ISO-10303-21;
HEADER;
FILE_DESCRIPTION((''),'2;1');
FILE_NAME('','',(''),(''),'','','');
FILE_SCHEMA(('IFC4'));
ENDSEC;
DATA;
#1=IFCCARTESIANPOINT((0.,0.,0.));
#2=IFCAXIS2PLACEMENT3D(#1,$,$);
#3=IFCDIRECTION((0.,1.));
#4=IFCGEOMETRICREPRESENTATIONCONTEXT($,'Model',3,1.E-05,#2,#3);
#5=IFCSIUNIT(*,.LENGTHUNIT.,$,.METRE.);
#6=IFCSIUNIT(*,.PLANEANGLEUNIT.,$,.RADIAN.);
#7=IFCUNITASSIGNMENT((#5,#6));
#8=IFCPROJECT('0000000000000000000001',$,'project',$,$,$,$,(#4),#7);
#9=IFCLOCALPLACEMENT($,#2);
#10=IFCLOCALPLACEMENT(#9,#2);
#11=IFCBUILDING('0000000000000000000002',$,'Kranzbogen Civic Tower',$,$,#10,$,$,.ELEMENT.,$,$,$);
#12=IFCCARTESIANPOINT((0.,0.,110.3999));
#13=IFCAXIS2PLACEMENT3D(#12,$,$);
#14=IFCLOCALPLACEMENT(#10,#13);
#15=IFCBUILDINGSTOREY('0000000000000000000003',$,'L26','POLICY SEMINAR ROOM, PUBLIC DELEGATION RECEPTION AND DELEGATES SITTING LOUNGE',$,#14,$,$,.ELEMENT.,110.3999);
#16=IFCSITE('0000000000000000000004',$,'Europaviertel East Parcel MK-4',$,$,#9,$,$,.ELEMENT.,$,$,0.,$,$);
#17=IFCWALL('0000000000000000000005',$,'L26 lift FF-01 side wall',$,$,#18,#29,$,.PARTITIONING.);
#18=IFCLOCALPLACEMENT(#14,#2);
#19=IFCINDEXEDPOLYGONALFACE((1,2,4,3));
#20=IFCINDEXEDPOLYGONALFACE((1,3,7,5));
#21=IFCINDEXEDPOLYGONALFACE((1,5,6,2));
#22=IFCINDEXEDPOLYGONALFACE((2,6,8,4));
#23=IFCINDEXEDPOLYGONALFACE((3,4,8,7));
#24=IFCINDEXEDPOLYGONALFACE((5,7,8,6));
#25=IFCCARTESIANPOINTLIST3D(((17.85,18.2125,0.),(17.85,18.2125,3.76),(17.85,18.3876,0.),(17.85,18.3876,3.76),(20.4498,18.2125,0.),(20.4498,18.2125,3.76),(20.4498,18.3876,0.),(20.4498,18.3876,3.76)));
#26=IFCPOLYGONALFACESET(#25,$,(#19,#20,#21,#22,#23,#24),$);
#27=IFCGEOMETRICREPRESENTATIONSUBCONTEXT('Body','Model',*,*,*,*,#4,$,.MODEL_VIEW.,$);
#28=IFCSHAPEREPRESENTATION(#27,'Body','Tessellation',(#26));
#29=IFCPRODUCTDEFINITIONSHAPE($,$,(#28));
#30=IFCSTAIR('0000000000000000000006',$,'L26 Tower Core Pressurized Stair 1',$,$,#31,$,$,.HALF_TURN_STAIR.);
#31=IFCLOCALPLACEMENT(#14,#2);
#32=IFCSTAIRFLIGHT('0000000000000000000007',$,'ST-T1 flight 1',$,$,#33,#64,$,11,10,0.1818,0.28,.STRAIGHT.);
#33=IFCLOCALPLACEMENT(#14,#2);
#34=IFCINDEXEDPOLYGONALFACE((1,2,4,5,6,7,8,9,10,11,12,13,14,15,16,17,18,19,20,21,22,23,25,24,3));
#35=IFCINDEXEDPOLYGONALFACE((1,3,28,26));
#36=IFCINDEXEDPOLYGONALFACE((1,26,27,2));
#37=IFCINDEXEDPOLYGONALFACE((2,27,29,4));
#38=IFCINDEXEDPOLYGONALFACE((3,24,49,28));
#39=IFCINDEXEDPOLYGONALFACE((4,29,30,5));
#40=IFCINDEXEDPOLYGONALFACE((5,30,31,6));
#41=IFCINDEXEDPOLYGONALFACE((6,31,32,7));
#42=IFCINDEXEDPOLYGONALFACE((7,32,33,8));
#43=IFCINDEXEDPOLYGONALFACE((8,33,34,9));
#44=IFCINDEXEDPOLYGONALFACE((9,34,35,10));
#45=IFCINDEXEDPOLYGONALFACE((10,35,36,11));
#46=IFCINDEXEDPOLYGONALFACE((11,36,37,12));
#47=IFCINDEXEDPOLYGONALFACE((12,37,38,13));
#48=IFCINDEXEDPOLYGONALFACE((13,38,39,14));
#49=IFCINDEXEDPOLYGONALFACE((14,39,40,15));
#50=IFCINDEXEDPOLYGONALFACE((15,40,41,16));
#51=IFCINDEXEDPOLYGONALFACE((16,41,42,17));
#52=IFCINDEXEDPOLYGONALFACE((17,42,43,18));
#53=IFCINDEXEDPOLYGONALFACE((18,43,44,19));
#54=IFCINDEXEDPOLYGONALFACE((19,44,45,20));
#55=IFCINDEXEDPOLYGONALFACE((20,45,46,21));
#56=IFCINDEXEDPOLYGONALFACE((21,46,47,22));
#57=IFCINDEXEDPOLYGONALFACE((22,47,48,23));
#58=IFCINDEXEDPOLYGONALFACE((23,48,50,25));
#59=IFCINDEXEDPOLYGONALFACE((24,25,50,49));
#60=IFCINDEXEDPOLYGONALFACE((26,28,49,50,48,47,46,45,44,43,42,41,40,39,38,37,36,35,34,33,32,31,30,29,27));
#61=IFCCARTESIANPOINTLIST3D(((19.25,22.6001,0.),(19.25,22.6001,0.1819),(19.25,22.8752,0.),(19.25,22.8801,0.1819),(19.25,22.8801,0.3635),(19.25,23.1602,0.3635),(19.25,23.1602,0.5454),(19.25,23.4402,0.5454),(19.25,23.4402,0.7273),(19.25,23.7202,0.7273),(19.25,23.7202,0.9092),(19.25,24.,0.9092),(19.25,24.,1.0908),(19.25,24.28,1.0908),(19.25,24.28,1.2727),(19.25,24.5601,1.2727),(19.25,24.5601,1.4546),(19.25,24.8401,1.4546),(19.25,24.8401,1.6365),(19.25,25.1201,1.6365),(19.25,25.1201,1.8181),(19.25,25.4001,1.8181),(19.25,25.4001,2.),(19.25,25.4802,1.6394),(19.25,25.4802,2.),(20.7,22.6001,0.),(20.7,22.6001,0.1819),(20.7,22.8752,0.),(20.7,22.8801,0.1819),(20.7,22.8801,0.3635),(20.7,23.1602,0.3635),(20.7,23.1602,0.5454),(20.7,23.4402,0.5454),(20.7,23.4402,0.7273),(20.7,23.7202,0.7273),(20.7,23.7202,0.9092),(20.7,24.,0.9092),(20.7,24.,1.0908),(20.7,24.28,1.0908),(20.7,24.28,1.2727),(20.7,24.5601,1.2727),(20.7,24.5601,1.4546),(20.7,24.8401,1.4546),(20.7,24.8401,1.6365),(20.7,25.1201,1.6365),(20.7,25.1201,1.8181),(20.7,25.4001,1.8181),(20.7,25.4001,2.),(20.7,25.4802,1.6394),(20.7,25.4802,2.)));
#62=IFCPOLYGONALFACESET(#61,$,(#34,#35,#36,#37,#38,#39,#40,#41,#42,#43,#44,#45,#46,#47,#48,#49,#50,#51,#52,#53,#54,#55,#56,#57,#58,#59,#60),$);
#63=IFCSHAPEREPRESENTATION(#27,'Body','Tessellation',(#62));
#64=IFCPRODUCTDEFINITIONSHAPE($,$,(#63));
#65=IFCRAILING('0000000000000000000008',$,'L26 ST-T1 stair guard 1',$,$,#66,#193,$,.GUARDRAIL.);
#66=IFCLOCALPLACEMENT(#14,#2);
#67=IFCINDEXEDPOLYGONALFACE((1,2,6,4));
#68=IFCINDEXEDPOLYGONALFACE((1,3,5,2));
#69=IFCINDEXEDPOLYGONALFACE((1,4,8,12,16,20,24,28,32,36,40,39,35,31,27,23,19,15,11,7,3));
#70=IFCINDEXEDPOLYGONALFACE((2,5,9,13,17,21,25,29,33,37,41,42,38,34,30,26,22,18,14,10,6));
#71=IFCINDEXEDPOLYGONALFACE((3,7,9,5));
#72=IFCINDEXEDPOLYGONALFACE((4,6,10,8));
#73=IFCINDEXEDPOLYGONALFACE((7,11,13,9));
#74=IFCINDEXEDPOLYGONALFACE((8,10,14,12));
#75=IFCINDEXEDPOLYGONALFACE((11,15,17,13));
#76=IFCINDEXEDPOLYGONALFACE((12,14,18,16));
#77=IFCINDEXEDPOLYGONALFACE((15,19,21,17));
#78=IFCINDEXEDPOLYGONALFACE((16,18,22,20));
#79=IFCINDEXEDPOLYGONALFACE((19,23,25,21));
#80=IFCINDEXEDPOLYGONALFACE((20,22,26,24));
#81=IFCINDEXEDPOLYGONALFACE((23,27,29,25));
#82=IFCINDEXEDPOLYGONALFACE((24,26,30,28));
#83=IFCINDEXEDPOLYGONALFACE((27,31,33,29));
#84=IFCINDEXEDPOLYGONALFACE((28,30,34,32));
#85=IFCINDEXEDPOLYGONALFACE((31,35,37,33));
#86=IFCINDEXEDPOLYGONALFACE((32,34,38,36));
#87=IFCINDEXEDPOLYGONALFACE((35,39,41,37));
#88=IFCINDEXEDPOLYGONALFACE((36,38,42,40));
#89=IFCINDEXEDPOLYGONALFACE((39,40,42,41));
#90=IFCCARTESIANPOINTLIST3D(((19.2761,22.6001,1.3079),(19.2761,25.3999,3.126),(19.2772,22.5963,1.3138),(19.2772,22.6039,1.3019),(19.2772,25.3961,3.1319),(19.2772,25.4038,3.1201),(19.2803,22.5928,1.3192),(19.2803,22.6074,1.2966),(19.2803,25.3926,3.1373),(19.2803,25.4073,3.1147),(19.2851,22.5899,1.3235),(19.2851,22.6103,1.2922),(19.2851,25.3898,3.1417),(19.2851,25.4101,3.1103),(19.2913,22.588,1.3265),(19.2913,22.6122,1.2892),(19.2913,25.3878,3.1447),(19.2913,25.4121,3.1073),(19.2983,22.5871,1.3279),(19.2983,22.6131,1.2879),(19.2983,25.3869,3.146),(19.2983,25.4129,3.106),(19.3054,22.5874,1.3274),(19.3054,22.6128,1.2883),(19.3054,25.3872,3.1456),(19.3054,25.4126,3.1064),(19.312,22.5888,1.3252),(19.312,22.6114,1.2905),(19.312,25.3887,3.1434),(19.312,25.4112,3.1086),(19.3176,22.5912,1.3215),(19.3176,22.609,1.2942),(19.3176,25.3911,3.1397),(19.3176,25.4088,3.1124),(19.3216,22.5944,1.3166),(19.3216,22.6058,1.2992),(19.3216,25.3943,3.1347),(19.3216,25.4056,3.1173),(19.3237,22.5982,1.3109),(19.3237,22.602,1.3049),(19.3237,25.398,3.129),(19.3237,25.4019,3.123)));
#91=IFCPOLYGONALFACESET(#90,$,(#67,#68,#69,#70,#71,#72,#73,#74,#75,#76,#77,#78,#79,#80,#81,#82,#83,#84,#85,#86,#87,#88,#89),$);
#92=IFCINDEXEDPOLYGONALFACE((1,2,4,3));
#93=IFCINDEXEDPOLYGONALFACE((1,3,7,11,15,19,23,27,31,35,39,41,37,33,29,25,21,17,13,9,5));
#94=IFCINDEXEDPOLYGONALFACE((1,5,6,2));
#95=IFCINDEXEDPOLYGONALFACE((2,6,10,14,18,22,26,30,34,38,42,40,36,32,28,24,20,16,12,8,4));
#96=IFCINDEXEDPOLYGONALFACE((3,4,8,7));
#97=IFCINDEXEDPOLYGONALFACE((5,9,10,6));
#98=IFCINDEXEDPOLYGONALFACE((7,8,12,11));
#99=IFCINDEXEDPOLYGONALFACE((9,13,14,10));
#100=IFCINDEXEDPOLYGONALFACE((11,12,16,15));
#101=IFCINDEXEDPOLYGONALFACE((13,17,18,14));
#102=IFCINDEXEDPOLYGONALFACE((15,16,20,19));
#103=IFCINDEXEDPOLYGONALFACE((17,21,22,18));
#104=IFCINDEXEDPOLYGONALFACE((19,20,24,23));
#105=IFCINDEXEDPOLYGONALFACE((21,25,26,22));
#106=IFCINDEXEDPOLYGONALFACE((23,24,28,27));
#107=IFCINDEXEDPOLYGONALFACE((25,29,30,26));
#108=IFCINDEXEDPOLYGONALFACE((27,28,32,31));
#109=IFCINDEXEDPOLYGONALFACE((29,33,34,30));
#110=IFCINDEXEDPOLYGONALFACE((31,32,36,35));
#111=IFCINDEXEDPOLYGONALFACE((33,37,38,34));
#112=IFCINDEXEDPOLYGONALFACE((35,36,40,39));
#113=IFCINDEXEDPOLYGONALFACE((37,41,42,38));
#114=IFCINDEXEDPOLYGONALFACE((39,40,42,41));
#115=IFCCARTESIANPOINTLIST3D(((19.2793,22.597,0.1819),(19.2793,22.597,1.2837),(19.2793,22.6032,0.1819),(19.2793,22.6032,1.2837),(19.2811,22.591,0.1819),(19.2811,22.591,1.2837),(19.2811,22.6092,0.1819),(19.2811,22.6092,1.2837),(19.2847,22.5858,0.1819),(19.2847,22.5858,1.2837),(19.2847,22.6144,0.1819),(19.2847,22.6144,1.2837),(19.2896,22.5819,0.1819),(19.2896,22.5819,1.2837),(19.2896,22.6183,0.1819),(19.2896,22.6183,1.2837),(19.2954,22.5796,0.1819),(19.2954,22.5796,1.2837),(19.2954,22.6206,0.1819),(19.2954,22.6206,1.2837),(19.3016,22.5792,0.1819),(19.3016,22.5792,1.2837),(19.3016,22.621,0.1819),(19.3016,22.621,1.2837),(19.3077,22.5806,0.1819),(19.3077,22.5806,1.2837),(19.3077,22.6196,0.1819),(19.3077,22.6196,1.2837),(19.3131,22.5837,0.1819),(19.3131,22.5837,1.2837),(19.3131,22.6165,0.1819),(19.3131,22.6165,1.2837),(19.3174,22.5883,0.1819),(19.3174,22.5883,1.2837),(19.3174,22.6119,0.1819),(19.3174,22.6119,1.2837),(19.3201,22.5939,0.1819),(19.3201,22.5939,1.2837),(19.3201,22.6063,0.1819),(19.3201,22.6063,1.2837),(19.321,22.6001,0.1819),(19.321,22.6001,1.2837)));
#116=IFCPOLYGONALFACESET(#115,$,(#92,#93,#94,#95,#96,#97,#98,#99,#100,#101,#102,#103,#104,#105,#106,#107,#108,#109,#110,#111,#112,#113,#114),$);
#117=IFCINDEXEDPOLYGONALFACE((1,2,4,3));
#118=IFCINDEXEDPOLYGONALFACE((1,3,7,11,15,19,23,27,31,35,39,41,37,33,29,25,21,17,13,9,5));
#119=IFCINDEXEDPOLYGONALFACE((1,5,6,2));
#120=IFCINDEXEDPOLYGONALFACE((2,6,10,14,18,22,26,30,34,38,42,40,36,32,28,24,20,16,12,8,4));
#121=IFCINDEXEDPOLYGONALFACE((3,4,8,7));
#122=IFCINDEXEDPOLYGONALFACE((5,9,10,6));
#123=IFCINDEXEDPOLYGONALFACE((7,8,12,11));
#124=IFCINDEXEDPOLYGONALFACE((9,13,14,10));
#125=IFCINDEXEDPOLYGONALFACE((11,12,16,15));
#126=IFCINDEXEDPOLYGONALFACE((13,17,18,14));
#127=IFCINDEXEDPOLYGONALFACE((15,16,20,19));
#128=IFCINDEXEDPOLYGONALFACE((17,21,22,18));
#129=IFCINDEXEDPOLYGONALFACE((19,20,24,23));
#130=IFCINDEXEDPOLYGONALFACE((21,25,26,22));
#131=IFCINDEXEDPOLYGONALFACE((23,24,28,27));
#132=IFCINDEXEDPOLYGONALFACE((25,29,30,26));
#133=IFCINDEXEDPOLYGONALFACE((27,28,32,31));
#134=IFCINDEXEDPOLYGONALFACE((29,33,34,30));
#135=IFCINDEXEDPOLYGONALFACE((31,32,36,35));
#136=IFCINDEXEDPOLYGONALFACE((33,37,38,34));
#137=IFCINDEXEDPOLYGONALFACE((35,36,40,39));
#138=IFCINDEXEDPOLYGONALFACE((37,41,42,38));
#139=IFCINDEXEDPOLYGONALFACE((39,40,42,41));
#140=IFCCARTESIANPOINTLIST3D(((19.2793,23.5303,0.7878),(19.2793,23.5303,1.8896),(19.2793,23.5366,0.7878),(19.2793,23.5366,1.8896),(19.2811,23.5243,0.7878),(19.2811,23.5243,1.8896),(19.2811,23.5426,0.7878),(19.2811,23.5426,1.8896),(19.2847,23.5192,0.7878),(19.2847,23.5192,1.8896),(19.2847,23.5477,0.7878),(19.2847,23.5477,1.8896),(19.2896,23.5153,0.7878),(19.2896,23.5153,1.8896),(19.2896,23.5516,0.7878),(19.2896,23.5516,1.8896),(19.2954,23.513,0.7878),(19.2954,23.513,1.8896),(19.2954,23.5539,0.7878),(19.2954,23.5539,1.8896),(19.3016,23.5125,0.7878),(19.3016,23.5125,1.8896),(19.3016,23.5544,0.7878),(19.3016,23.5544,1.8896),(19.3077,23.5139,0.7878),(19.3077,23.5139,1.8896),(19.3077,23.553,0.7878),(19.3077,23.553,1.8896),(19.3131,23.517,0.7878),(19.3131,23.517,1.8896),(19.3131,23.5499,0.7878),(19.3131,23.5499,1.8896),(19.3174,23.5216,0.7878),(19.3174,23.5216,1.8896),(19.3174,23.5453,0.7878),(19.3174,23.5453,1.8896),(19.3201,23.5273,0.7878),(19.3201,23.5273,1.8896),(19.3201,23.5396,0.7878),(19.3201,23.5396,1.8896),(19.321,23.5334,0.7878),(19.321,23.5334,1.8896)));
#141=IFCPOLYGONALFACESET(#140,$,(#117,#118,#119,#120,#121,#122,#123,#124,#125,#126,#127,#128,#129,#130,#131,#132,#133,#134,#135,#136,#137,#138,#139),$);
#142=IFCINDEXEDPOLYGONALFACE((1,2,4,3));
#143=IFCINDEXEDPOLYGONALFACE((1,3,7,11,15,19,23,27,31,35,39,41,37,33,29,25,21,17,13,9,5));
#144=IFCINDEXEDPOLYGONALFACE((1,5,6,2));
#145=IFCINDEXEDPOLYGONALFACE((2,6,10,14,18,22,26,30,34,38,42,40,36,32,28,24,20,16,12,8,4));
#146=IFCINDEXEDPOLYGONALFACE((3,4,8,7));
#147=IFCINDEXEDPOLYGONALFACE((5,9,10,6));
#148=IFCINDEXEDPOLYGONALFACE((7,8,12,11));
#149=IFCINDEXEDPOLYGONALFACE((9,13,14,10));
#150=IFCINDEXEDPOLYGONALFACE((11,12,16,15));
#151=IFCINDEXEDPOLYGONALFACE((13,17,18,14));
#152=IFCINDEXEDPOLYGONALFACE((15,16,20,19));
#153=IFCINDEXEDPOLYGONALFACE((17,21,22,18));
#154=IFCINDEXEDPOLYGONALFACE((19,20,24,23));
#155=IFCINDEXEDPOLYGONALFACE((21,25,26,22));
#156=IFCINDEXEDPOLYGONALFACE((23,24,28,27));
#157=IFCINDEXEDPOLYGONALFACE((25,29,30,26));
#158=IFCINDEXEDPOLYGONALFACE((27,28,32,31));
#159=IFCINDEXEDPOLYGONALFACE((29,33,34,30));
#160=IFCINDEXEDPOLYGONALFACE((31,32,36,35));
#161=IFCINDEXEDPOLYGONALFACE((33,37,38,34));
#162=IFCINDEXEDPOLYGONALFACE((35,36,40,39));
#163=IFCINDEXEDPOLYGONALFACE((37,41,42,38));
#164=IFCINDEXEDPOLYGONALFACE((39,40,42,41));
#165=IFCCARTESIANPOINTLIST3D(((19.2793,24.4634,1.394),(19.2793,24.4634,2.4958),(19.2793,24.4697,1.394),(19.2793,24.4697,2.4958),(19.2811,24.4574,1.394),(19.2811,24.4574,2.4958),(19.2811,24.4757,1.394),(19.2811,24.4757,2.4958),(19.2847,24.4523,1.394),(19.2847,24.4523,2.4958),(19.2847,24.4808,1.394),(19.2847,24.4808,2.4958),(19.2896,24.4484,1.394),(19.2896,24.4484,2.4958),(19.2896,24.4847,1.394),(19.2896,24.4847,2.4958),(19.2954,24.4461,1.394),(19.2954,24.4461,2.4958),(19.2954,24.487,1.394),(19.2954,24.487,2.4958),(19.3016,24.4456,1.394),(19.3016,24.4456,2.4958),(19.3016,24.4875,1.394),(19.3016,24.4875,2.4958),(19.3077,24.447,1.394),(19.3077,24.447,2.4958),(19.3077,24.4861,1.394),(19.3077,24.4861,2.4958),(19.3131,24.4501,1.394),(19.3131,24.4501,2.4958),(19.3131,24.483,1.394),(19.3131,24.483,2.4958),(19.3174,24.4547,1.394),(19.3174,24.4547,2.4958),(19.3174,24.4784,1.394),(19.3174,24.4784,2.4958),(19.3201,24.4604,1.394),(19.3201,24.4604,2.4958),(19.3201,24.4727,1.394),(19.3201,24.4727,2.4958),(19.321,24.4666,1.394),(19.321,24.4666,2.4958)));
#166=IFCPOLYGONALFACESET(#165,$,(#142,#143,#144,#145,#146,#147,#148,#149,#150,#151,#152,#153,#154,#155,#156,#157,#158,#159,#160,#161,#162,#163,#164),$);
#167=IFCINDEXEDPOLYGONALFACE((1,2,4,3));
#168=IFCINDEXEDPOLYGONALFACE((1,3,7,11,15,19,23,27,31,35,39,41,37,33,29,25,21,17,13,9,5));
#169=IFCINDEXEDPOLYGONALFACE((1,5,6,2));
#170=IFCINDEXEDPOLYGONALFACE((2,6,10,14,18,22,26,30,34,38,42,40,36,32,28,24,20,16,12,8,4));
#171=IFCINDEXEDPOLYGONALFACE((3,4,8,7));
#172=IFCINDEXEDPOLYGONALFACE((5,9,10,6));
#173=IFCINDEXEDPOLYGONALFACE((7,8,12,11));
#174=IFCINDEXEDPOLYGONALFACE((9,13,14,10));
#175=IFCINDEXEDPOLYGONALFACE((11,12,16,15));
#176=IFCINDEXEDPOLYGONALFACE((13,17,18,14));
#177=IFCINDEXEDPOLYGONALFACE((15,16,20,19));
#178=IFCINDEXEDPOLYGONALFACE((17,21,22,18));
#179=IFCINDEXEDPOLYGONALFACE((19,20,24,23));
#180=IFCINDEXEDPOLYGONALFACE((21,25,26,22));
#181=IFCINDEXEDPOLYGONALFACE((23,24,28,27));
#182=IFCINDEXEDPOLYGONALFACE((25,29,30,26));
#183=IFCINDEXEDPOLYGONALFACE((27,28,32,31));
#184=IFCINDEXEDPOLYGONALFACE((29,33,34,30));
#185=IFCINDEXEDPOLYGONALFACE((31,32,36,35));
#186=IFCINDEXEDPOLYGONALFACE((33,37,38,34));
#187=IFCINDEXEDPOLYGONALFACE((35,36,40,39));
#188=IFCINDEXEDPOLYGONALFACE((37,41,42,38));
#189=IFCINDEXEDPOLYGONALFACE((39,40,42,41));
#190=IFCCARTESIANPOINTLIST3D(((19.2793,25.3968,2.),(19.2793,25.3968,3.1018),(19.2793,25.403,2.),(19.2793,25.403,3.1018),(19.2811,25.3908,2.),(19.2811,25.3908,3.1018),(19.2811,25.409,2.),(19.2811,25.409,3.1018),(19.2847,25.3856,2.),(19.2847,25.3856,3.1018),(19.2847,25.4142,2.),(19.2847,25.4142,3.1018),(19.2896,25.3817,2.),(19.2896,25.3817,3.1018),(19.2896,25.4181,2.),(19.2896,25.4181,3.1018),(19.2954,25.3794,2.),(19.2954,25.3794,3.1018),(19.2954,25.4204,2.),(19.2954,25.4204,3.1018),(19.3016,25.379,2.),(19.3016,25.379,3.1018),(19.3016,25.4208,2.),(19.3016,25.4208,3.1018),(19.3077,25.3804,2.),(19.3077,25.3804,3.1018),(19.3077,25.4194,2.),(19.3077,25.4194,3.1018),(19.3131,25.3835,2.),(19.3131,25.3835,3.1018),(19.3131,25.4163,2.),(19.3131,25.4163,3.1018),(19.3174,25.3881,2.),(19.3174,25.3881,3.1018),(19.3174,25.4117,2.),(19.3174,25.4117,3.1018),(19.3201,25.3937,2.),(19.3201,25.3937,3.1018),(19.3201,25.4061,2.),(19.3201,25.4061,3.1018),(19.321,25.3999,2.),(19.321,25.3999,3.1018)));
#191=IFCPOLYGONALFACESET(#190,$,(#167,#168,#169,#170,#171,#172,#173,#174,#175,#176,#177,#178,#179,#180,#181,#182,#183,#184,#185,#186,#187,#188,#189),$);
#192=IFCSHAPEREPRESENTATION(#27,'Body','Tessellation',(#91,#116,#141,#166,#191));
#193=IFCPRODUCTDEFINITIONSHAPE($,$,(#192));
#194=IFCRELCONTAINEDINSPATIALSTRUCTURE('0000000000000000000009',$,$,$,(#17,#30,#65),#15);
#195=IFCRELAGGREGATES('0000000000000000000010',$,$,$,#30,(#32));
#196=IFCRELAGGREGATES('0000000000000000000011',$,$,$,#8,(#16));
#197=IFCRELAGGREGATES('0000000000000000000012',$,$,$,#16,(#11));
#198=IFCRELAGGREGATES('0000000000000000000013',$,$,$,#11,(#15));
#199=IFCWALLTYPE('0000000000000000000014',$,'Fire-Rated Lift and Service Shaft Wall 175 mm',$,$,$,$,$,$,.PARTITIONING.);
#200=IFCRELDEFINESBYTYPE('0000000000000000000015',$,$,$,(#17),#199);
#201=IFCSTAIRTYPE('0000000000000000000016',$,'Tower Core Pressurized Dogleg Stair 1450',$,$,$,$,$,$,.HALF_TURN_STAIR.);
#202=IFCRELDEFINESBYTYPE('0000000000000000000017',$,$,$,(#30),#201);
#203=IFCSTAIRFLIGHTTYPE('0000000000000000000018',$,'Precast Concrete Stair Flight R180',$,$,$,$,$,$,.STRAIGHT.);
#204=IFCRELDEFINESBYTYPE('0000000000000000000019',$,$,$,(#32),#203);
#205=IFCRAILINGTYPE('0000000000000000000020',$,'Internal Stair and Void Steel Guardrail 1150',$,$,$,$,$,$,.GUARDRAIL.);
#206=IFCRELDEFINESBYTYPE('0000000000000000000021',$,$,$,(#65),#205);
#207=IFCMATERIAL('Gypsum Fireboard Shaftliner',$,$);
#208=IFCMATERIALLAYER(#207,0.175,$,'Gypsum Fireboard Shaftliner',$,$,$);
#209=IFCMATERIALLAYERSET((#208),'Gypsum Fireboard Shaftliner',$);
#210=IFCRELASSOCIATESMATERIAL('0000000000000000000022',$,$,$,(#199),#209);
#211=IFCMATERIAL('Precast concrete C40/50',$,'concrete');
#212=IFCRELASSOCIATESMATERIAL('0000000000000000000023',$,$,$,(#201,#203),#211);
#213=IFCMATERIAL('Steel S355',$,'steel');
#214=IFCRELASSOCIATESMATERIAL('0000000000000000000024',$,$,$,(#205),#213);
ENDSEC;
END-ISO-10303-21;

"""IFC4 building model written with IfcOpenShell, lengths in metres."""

from ifc_helpers import new_model, si_unit, direction, frame, frame_2d, origin, origin_2d, place, context, subcontext, project, spatial, polyline, rectangle, circle, outline, extrude, material, layer, layer_set, type_object, element, aggregate, save


model = new_model("IFC4")

# Units and contexts
model_context = context("Model", 3, precision=1e-05, world=origin(), true_north=direction((0.0, 1.0)))
body_context = subcontext(model_context, "Body", "Model", "MODEL_VIEW")
ifc_project = project(units=[si_unit("LENGTHUNIT", "METRE"), si_unit("PLANEANGLEUNIT", "RADIAN")], contexts=[model_context])

# Site, building, storey
site_placement = place(None, origin())
site = spatial("IfcSite", under=ifc_project, at=site_placement, Name="Europaviertel East Parcel MK-4", CompositionType="ELEMENT", RefElevation=0.0)
building_placement = place(site_placement, origin())
building = spatial("IfcBuilding", under=site, at=building_placement, Name="Kranzbogen Civic Tower", CompositionType="ELEMENT")
storey_placement = place(building_placement, frame((0.0, 0.0, 110.3999)))
storey = spatial("IfcBuildingStorey", under=building, at=storey_placement, Name="L26", Description="POLICY SEMINAR ROOM, PUBLIC DELEGATION RECEPTION AND DELEGATES SITTING LOUNGE", CompositionType="ELEMENT", Elevation=110.3999)

# Shared definitions
ifc_material_1 = material(Name="Steel S355", Category="steel")

# Shared definitions
ifc_material_2 = material(Name="Gypsum Fireboard Shaftliner")
ifc_layer_1 = layer(ifc_material_2, 0.175, Name="Gypsum Fireboard Shaftliner")
ifc_layer_set_1 = layer_set([ifc_layer_1], Name="Gypsum Fireboard Shaftliner")
wall_type_1 = type_object("IfcWallType", Name="Fire-Rated Lift and Service Shaft Wall 175 mm", PredefinedType="PARTITIONING", material=ifc_layer_set_1)

# Wall
wall_1_placement = place(storey_placement, frame((17.8501, 18.3, 0.0), z_axis=(0.0, 0.0, 1.0), x_axis=(1.0, 0.0, 0.0)))
element("IfcWall", 1, at=wall_1_placement, inside=storey, type_object=wall_type_1, Name="L26 lift FF-01 side wall", PredefinedType="PARTITIONING", context=body_context, shape_type="SweptSolid", body=[
    extrude(rectangle(XDim=2.5999, YDim=0.175, at=frame_2d((1.2998, 0.0))), origin(), (0.0, 0.0, 1.0), 3.76),
])

# Stair, stair flight
ifc_material_3 = material(Name="Precast concrete C40/50", Category="concrete")
stair_type = type_object("IfcStairType", Name="Tower Core Pressurized Dogleg Stair 1450", PredefinedType="HALF_TURN_STAIR", material=ifc_material_3)
stair_placement = place(storey_placement, origin())
stair = element("IfcStair", 2, at=stair_placement, inside=storey, type_object=stair_type, Name="L26 Tower Core Pressurized Stair 1", PredefinedType="HALF_TURN_STAIR")
stair_flight_type = type_object("IfcStairFlightType", Name="Precast Concrete Stair Flight R180", PredefinedType="STRAIGHT", material=ifc_material_3)
stair_flight_placement = place(storey_placement, frame((19.9751, 22.6001, 0.0), z_axis=(0.0, 0.0, 1.0), x_axis=(0.0, 1.0, 0.0)))
stair_flight = element("IfcStairFlight", 3, at=stair_flight_placement, type_object=stair_flight_type, Name="ST-T1 flight 1", NumberOfRisers=11, NumberOfTreads=10, PredefinedType="STRAIGHT", RiserHeight=0.1818, TreadLength=0.28, context=body_context, shape_type="SweptSolid", body=[
    extrude(outline(polyline([(0.0, 0.0), (0.0, 0.1819), (0.28, 0.1819), (0.28, 0.3635), (0.5601, 0.3635), (0.5601, 0.5454), (0.8401, 0.5454), (0.8401, 0.7273), (1.1201, 0.7273), (1.1201, 0.9092), (1.3999, 0.9092), (1.3999, 1.0908), (1.6799, 1.0908), (1.6799, 1.2727), (1.96, 1.2727), (1.96, 1.4546), (2.24, 1.4546), (2.24, 1.6365), (2.52, 1.6365), (2.52, 1.8181), (2.8, 1.8181), (2.8, 2.0), (2.8801, 2.0), (2.8801, 1.6394), (0.2751, 0.0), (0.0, 0.0)])), frame((0.0, 0.7251, 0.0), z_axis=(0.0, -1.0, 0.0), x_axis=(1.0, 0.0, 0.0)), (0.0, 0.0, 1.0), 1.45),
])
aggregate(stair, [stair_flight])

# Railing
railing_type_1 = type_object("IfcRailingType", Name="Internal Stair and Void Steel Guardrail 1150", PredefinedType="GUARDRAIL", material=ifc_material_1)
railing_1_placement = place(storey_placement, frame((19.3, 22.6001, 0.1819)))
element("IfcRailing", 4, at=railing_1_placement, inside=storey, type_object=railing_type_1, Name="L26 ST-T1 stair guard 1", PredefinedType="GUARDRAIL", context=body_context, shape_type="SweptSolid", body=[
    extrude(circle(Radius=0.0239, at=origin_2d()), frame((0.0, 0.0, 1.126), z_axis=(0.0, 0.838684, 0.544618), x_axis=(-1.0, 0.0, 0.0)), (0.0, 0.0, 1.0), 3.3384),
    extrude(circle(Radius=0.021, at=origin_2d()), origin(), (0.0, 0.0, 1.0), 1.1018),
    extrude(circle(Radius=0.021, at=origin_2d()), frame((0.0, 0.9333, 0.606)), (0.0, 0.0, 1.0), 1.1018),
    extrude(circle(Radius=0.021, at=origin_2d()), frame((0.0, 1.8665, 1.2122)), (0.0, 0.0, 1.0), 1.1018),
    extrude(circle(Radius=0.021, at=origin_2d()), frame((0.0, 2.7998, 1.8181)), (0.0, 0.0, 1.0), 1.1018),
])

save(model, "model.ifc")
